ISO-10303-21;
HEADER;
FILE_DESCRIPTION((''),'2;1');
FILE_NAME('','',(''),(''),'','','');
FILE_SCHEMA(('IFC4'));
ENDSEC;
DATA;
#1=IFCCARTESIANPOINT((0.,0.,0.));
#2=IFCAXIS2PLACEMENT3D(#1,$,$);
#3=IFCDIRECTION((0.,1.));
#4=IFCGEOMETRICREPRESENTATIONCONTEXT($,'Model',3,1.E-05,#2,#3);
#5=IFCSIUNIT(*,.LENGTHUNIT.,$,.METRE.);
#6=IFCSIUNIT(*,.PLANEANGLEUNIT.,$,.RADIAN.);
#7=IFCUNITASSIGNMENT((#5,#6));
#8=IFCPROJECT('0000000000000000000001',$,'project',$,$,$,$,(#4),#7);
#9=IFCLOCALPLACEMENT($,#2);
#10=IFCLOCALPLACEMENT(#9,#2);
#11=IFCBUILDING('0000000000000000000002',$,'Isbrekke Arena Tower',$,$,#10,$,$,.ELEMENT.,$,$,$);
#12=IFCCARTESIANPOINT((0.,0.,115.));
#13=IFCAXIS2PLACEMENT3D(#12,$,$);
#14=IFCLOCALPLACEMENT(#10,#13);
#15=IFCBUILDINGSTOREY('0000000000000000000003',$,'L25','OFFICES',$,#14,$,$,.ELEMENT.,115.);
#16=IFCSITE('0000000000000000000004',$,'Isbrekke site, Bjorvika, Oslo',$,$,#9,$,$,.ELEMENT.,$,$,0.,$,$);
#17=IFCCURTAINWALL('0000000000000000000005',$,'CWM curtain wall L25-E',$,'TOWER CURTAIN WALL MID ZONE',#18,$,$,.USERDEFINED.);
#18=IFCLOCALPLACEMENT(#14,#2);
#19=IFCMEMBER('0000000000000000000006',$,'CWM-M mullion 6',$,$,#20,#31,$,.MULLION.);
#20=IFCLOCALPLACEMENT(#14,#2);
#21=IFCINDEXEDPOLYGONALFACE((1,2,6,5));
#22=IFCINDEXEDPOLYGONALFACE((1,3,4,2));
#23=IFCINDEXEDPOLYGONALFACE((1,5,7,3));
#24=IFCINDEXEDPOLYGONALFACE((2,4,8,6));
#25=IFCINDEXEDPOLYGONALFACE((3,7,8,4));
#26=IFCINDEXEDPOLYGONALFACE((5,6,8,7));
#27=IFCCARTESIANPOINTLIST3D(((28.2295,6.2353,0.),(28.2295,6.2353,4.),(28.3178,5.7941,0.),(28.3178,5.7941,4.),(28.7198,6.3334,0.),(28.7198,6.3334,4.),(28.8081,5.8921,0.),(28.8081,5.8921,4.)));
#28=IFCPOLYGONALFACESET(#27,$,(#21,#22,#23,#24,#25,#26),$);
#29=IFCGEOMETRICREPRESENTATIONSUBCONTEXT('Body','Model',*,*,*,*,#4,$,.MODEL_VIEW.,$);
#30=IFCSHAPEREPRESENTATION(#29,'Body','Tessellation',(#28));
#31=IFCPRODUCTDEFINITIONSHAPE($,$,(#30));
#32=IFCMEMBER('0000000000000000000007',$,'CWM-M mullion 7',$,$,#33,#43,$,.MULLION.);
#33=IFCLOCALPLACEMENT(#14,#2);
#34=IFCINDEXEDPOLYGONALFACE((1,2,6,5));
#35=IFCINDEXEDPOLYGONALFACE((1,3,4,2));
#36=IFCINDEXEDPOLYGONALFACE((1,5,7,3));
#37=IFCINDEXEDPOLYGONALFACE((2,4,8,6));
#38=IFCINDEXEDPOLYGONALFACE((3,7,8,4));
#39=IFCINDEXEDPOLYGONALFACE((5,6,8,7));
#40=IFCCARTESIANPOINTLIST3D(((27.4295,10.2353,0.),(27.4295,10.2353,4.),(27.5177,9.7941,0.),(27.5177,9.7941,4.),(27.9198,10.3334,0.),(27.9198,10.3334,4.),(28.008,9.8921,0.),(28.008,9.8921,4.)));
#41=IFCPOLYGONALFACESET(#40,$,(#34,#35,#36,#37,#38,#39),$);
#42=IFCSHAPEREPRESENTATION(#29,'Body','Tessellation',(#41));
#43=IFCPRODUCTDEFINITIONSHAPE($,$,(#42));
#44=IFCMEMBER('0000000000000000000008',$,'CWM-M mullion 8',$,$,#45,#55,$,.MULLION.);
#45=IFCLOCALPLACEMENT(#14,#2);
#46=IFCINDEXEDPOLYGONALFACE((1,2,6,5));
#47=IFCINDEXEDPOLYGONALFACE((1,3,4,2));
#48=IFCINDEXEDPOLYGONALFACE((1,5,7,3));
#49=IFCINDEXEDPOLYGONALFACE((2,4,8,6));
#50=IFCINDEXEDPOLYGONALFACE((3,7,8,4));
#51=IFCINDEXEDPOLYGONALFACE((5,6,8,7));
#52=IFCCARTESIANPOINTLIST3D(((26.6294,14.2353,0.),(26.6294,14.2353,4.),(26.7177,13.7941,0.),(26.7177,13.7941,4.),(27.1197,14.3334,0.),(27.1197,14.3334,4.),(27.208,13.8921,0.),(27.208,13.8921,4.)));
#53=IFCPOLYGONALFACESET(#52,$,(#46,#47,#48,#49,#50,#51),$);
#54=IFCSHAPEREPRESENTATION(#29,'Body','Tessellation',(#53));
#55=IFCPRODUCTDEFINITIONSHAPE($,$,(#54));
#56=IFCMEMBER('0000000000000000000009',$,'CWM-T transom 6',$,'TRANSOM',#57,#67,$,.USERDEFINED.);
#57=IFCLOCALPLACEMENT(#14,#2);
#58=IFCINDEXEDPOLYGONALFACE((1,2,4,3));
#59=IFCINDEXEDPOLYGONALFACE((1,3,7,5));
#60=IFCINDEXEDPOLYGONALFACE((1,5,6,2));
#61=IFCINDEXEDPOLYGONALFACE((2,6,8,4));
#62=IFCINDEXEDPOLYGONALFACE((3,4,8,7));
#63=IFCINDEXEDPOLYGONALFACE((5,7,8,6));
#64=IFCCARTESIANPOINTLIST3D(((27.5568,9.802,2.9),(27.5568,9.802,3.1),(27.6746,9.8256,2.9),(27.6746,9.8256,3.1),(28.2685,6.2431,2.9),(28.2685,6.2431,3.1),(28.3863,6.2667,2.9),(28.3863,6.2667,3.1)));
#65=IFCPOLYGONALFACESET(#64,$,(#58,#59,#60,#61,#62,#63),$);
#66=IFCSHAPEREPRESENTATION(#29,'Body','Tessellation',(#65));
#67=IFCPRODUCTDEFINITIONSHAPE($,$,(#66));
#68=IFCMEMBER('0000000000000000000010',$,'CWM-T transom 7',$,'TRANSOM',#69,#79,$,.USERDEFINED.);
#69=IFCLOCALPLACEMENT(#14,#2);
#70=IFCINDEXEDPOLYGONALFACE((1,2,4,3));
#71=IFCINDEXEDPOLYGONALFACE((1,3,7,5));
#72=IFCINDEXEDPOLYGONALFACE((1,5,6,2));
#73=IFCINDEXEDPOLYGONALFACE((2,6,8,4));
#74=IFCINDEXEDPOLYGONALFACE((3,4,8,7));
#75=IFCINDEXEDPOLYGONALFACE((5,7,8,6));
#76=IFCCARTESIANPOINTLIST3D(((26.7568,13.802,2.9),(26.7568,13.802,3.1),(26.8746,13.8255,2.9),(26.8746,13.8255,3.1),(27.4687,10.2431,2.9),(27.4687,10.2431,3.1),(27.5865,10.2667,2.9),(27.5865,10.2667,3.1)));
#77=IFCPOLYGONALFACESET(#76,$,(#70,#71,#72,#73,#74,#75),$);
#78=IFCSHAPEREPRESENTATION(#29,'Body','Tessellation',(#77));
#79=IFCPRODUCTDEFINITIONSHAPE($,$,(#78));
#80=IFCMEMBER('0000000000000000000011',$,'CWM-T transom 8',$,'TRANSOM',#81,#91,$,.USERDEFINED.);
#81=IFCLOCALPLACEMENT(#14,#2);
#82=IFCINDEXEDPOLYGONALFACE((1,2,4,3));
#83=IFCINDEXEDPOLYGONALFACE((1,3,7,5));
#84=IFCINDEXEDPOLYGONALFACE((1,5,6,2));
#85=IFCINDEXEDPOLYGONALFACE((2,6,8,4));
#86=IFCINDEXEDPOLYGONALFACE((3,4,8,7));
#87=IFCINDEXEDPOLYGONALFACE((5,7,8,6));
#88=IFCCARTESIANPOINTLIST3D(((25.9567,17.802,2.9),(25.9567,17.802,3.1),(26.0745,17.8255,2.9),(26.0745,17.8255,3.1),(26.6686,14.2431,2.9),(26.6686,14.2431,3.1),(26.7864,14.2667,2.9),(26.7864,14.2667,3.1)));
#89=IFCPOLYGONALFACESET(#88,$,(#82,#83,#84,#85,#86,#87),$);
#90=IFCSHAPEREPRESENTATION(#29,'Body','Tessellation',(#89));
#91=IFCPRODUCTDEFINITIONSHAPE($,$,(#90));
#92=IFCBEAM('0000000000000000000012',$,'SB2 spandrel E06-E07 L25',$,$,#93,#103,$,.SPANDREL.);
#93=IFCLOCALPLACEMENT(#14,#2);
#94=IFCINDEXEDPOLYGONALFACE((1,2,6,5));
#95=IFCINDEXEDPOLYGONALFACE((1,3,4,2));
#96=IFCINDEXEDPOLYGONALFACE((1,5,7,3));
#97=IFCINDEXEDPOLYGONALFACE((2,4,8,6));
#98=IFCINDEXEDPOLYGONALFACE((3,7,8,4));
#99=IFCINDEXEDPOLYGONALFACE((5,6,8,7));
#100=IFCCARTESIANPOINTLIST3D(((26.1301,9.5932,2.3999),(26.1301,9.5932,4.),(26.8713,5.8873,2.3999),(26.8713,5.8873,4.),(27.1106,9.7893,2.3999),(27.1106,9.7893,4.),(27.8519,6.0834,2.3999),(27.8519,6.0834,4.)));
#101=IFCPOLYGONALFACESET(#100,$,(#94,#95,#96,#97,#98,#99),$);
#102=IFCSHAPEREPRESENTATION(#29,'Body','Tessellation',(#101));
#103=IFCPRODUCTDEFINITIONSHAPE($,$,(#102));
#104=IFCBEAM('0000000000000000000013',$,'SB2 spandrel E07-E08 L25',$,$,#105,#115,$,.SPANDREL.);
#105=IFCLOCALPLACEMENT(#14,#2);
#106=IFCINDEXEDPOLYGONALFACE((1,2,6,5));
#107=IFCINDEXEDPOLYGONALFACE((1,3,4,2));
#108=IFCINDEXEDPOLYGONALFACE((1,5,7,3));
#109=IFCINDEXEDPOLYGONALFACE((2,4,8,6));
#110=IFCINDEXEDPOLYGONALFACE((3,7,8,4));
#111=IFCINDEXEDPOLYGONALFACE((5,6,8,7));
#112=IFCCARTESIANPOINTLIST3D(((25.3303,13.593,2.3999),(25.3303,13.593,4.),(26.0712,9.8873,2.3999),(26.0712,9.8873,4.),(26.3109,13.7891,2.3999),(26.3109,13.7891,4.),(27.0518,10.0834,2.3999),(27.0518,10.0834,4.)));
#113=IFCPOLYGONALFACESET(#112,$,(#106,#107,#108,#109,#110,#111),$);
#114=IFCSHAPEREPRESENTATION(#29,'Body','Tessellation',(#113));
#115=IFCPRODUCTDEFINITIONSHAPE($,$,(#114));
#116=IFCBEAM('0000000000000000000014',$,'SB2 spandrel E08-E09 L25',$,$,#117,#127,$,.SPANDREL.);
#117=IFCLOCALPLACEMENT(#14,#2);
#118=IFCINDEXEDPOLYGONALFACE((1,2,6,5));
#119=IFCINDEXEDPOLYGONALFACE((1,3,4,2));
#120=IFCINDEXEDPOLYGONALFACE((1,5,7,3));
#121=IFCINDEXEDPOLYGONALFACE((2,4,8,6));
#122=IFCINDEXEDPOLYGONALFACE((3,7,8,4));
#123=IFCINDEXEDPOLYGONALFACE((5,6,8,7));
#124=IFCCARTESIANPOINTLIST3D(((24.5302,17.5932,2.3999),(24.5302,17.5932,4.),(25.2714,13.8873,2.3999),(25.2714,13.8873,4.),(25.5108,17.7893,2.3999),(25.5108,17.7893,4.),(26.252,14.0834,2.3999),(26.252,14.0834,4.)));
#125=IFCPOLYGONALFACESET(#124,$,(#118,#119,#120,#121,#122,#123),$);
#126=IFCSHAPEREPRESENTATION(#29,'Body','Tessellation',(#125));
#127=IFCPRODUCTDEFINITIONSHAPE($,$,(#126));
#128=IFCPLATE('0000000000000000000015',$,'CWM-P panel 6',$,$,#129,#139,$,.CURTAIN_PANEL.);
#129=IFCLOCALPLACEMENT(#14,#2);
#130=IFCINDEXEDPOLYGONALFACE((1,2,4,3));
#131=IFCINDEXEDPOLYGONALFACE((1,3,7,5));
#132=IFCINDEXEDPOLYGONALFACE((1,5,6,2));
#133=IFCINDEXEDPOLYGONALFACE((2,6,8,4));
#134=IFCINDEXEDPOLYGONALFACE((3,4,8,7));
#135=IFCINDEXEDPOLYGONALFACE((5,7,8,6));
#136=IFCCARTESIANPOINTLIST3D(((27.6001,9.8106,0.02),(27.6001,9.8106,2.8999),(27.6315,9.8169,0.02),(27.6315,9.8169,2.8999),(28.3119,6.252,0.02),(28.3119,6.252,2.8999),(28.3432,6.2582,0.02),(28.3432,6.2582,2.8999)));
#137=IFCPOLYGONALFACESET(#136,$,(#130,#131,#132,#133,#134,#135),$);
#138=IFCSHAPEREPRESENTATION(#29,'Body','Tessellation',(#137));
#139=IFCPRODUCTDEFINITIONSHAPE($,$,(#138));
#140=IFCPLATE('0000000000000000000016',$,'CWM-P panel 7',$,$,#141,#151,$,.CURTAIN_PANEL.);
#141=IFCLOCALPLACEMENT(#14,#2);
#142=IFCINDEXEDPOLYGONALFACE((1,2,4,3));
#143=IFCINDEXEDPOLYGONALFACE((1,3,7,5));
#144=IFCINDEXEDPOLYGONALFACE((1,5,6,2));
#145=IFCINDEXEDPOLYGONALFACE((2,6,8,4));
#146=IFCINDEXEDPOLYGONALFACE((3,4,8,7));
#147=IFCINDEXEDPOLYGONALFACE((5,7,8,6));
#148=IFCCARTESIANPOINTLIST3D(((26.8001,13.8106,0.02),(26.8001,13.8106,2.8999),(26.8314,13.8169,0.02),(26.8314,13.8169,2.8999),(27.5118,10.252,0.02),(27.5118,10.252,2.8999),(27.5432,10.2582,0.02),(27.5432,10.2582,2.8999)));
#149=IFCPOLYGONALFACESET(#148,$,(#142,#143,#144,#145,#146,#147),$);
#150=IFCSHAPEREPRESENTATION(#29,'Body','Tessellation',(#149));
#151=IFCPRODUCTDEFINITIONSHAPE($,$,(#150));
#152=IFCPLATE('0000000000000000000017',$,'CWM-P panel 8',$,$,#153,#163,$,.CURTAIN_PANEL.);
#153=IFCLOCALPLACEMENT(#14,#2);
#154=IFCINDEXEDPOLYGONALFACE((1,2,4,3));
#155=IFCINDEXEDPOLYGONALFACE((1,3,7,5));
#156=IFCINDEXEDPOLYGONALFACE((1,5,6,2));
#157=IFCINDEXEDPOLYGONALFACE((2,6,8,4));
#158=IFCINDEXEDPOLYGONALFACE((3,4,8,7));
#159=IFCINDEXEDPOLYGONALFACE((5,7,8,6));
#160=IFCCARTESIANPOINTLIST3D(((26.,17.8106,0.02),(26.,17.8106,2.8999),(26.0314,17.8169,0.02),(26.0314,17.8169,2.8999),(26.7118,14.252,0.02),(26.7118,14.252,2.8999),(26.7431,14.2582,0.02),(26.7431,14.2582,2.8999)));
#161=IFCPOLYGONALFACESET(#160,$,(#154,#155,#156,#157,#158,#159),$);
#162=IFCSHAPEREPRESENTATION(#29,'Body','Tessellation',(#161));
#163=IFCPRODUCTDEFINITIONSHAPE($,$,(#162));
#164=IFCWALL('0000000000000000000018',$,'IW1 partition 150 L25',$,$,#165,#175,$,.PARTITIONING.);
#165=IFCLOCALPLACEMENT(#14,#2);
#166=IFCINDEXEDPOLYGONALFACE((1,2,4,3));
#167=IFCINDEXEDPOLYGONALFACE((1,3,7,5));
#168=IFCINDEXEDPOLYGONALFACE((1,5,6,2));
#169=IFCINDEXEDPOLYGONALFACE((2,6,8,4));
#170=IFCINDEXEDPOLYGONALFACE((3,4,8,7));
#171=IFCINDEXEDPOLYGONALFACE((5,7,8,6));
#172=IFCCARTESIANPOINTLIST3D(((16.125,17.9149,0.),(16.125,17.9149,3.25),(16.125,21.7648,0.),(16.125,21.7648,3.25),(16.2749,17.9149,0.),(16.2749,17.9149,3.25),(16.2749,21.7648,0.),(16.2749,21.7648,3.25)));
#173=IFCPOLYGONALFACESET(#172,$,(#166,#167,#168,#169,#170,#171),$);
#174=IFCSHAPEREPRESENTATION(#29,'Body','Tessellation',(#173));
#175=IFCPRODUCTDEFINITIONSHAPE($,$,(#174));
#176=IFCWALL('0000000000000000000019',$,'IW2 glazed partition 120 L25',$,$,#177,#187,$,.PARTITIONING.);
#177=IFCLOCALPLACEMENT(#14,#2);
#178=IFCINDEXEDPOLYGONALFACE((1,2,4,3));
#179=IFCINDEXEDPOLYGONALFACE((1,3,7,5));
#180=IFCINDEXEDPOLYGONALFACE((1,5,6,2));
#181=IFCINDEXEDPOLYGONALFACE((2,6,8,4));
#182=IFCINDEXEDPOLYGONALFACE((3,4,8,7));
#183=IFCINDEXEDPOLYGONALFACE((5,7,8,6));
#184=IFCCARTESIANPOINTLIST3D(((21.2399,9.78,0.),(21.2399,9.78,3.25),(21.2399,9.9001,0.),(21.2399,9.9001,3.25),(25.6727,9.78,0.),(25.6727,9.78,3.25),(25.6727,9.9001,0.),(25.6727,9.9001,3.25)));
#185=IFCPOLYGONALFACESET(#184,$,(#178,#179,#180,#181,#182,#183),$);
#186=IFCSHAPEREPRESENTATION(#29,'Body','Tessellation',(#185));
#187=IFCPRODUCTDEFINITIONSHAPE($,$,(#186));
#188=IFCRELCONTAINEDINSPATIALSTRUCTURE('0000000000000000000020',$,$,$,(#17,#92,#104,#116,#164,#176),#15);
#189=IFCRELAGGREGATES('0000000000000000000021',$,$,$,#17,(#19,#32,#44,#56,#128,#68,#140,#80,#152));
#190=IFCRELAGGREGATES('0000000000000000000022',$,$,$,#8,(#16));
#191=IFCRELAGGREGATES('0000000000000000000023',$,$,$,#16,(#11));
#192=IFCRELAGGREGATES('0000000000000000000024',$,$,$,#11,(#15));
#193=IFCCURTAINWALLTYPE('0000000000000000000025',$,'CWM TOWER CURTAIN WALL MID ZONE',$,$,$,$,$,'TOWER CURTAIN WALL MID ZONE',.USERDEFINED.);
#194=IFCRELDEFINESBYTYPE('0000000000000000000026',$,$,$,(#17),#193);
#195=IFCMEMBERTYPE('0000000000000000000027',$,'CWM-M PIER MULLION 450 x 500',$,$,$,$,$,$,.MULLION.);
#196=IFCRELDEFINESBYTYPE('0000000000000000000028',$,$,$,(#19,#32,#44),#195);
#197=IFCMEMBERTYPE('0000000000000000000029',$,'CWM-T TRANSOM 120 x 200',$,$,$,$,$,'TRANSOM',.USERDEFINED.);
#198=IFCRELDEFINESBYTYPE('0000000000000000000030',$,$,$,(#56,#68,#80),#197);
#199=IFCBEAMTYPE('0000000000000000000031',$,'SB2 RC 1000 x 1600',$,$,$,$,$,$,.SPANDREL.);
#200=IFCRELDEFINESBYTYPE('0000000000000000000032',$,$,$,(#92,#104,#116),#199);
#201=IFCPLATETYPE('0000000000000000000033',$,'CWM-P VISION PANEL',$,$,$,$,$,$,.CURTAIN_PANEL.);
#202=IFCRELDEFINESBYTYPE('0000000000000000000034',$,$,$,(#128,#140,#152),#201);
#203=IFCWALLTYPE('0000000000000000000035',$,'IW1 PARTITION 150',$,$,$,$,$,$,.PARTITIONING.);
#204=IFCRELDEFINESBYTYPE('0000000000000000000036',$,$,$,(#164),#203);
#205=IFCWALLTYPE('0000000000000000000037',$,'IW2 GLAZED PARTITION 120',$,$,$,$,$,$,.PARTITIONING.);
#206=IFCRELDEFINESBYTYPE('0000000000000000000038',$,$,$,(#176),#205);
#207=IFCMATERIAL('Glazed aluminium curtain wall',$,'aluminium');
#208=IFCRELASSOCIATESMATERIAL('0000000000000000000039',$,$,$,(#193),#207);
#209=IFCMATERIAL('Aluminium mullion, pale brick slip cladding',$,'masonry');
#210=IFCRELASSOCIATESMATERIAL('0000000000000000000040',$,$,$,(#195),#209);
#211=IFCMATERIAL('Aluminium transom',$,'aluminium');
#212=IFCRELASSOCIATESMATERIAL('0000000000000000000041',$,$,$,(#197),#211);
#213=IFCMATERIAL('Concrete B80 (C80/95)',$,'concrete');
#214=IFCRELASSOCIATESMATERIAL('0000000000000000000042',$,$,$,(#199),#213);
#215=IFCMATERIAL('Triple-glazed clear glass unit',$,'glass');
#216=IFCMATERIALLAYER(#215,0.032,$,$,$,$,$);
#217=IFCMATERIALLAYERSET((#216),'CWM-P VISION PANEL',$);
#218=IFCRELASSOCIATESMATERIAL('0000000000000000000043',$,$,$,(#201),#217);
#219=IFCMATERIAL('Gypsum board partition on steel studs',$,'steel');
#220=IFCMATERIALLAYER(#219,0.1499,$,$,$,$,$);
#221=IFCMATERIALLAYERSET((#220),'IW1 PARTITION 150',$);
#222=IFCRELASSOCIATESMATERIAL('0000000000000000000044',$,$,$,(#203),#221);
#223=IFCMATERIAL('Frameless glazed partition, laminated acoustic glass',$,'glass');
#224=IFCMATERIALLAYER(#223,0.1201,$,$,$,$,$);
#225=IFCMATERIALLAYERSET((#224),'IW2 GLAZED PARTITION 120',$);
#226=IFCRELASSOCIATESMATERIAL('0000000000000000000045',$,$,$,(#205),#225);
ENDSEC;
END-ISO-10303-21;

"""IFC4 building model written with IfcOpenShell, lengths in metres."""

from ifc_helpers import new_model, si_unit, direction, frame, frame_2d, origin, origin_2d, place, context, subcontext, project, spatial, rectangle, extrude, material, layer, layer_set, material_profile, profile_set, type_object, element, aggregate, save


model = new_model("IFC4")

# Units and contexts
model_context = context("Model", 3, precision=1e-05, world=origin(), true_north=direction((0.0, 1.0)))
body_context = subcontext(model_context, "Body", "Model", "MODEL_VIEW")
ifc_project = project(units=[si_unit("LENGTHUNIT", "METRE"), si_unit("PLANEANGLEUNIT", "RADIAN")], contexts=[model_context])

# Site, building, storey
site_placement = place(None, origin())
site = spatial("IfcSite", under=ifc_project, at=site_placement, Name="Isbrekke site, Bjorvika, Oslo", CompositionType="ELEMENT", RefElevation=0.0)
building_placement = place(site_placement, origin())
building = spatial("IfcBuilding", under=site, at=building_placement, Name="Isbrekke Arena Tower", CompositionType="ELEMENT")
storey_placement = place(building_placement, frame((0.0, 0.0, 115.0)))
storey = spatial("IfcBuildingStorey", under=building, at=storey_placement, Name="L25", Description="OFFICES", CompositionType="ELEMENT", Elevation=115.0)

# Curtain wall, members
ifc_material_1 = material(Name="Glazed aluminium curtain wall", Category="aluminium")
curtain_wall_type = type_object("IfcCurtainWallType", Name="CWM TOWER CURTAIN WALL MID ZONE", ElementType="TOWER CURTAIN WALL MID ZONE", PredefinedType="USERDEFINED", material=ifc_material_1)
curtain_wall_placement = place(storey_placement, origin())
curtain_wall = element("IfcCurtainWall", 1, at=curtain_wall_placement, inside=storey, type_object=curtain_wall_type, Name="CWM curtain wall L25-E", ObjectType="TOWER CURTAIN WALL MID ZONE", PredefinedType="USERDEFINED")
ifc_material_2 = material(Name="Aluminium mullion, pale brick slip cladding", Category="masonry")
ifc_material_profile_1 = material_profile(ifc_material_2, rectangle(XDim=0.45, YDim=0.5, at=origin_2d()), Name="PIER 450X500")
ifc_profile_set_1 = profile_set([ifc_material_profile_1], Name="Aluminium mullion, pale brick slip cladding")
member_type_1 = type_object("IfcMemberType", Name="CWM-M PIER MULLION 450 x 500", PredefinedType="MULLION", material=ifc_profile_set_1)
member_1_placement = place(storey_placement, frame((28.5188, 6.0637, 0.0), z_axis=(0.0, 0.0, 1.0), x_axis=(-0.196116, 0.980581, 0.0)))
member_1 = element("IfcMember", 2, at=member_1_placement, type_object=member_type_1, Name="CWM-M mullion 6", PredefinedType="MULLION", context=body_context, shape_type="SweptSolid", body=[
    extrude(rectangle(XDim=0.45, YDim=0.5, at=origin_2d()), origin(), (0.0, 0.0, 1.0), 4.0),
])
member_2_placement = place(storey_placement, frame((27.7188, 10.0637, 0.0), z_axis=(0.0, 0.0, 1.0), x_axis=(-0.196116, 0.980581, 0.0)))
member_2 = element("IfcMember", 3, at=member_2_placement, type_object=member_type_1, Name="CWM-M mullion 7", PredefinedType="MULLION", context=body_context, shape_type="SweptSolid", body=[
    extrude(rectangle(XDim=0.45, YDim=0.5, at=origin_2d()), origin(), (0.0, 0.0, 1.0), 4.0),
])
member_3_placement = place(storey_placement, frame((26.9187, 14.0637, 0.0), z_axis=(0.0, 0.0, 1.0), x_axis=(-0.196116, 0.980581, 0.0)))
member_3 = element("IfcMember", 4, at=member_3_placement, type_object=member_type_1, Name="CWM-M mullion 8", PredefinedType="MULLION", context=body_context, shape_type="SweptSolid", body=[
    extrude(rectangle(XDim=0.45, YDim=0.5, at=origin_2d()), origin(), (0.0, 0.0, 1.0), 4.0),
])
ifc_material_3 = material(Name="Aluminium transom", Category="aluminium")
ifc_material_profile_2 = material_profile(ifc_material_3, rectangle(XDim=0.1201, YDim=0.2, at=origin_2d()), Name="TRANSOM 120X200")
ifc_profile_set_2 = profile_set([ifc_material_profile_2], Name="Aluminium transom")
member_type_2 = type_object("IfcMemberType", Name="CWM-T TRANSOM 120 x 200", ElementType="TRANSOM", PredefinedType="USERDEFINED", material=ifc_profile_set_2)
member_4_placement = place(storey_placement, frame((28.3274, 6.2549, 3.0), z_axis=(-0.19609, 0.980586, 0.0), x_axis=(-0.980586, -0.19609, 0.0)))
member_4 = element("IfcMember", 5, at=member_4_placement, type_object=member_type_2, Name="CWM-T transom 6", ObjectType="TRANSOM", PredefinedType="USERDEFINED", context=body_context, shape_type="SweptSolid", body=[
    extrude(rectangle(XDim=0.1201, YDim=0.2, at=origin_2d()), origin(), (0.0, 0.0, 1.0), 3.6294),
])
member_5_placement = place(storey_placement, frame((27.5276, 10.2549, 3.0), z_axis=(-0.196155, 0.980573, 0.0), x_axis=(-0.980573, -0.196155, 0.0)))
member_5 = element("IfcMember", 6, at=member_5_placement, type_object=member_type_2, Name="CWM-T transom 7", ObjectType="TRANSOM", PredefinedType="USERDEFINED", context=body_context, shape_type="SweptSolid", body=[
    extrude(rectangle(XDim=0.1201, YDim=0.2, at=origin_2d()), origin(), (0.0, 0.0, 1.0), 3.6294),
])
member_6_placement = place(storey_placement, frame((26.7275, 14.2549, 3.0), z_axis=(-0.196155, 0.980573, 0.0), x_axis=(-0.980573, -0.196155, 0.0)))
member_6 = element("IfcMember", 7, at=member_6_placement, type_object=member_type_2, Name="CWM-T transom 8", ObjectType="TRANSOM", PredefinedType="USERDEFINED", context=body_context, shape_type="SweptSolid", body=[
    extrude(rectangle(XDim=0.1201, YDim=0.2, at=origin_2d()), origin(), (0.0, 0.0, 1.0), 3.6294),
])

# Beams
ifc_material_4 = material(Name="Concrete B80 (C80/95)", Category="concrete")
ifc_material_profile_3 = material_profile(ifc_material_4, rectangle(XDim=1.0, YDim=1.6001, at=origin_2d()), Name="RC 1000x1600")
ifc_profile_set_3 = profile_set([ifc_material_profile_3], Name="Concrete B80 (C80/95)")
beam_type_1 = type_object("IfcBeamType", Name="SB2 RC 1000 x 1600", PredefinedType="SPANDREL", material=ifc_profile_set_3)
beam_1_placement = place(storey_placement, frame((27.3616, 5.9854, 3.2), z_axis=(-0.196129, 0.980578, 0.0), x_axis=(-0.980578, -0.196129, 0.0)))
element("IfcBeam", 8, at=beam_1_placement, inside=storey, type_object=beam_type_1, Name="SB2 spandrel E06-E07 L25", PredefinedType="SPANDREL", context=body_context, shape_type="SweptSolid", body=[
    extrude(rectangle(XDim=1.0, YDim=1.6001, at=origin_2d()), origin(), (0.0, 0.0, 1.0), 3.7793),
])
beam_2_placement = place(storey_placement, frame((26.5615, 9.9854, 3.2), z_axis=(-0.196066, 0.980591, 0.0), x_axis=(-0.980591, -0.196066, 0.0)))
element("IfcBeam", 9, at=beam_2_placement, inside=storey, type_object=beam_type_1, Name="SB2 spandrel E07-E08 L25", PredefinedType="SPANDREL", context=body_context, shape_type="SweptSolid", body=[
    extrude(rectangle(XDim=1.0, YDim=1.6001, at=origin_2d()), origin(), (0.0, 0.0, 1.0), 3.7791),
])
beam_3_placement = place(storey_placement, frame((25.7617, 13.9854, 3.2), z_axis=(-0.196129, 0.980578, 0.0), x_axis=(-0.980578, -0.196129, 0.0)))
element("IfcBeam", 10, at=beam_3_placement, inside=storey, type_object=beam_type_1, Name="SB2 spandrel E08-E09 L25", PredefinedType="SPANDREL", context=body_context, shape_type="SweptSolid", body=[
    extrude(rectangle(XDim=1.0, YDim=1.6001, at=origin_2d()), origin(), (0.0, 0.0, 1.0), 3.7793),
])

# Plates
ifc_material_5 = material(Name="Triple-glazed clear glass unit", Category="glass")
ifc_layer_1 = layer(ifc_material_5, 0.032)
ifc_layer_set_1 = layer_set([ifc_layer_1], Name="CWM-P VISION PANEL")
plate_type = type_object("IfcPlateType", Name="CWM-P VISION PANEL", PredefinedType="CURTAIN_PANEL", material=ifc_layer_set_1)
plate_1_placement = place(storey_placement, frame((27.9717, 8.0344, 0.02), z_axis=(0.0, 0.0, 1.0), x_axis=(-0.196116, 0.980581, 0.0)))
plate_1 = element("IfcPlate", 11, at=plate_1_placement, type_object=plate_type, Name="CWM-P panel 6", PredefinedType="CURTAIN_PANEL", context=body_context, shape_type="SweptSolid", body=[
    extrude(rectangle(XDim=3.6292, YDim=0.032, at=origin_2d()), origin(), (0.0, 0.0, 1.0), 2.8799),
])
plate_2_placement = place(storey_placement, frame((27.1716, 12.0344, 0.02), z_axis=(0.0, 0.0, 1.0), x_axis=(-0.196116, 0.980581, 0.0)))
plate_2 = element("IfcPlate", 12, at=plate_2_placement, type_object=plate_type, Name="CWM-P panel 7", PredefinedType="CURTAIN_PANEL", context=body_context, shape_type="SweptSolid", body=[
    extrude(rectangle(XDim=3.6292, YDim=0.032, at=origin_2d()), origin(), (0.0, 0.0, 1.0), 2.8799),
])
plate_3_placement = place(storey_placement, frame((26.3716, 16.0344, 0.02), z_axis=(0.0, 0.0, 1.0), x_axis=(-0.196116, 0.980581, 0.0)))
plate_3 = element("IfcPlate", 13, at=plate_3_placement, type_object=plate_type, Name="CWM-P panel 8", PredefinedType="CURTAIN_PANEL", context=body_context, shape_type="SweptSolid", body=[
    extrude(rectangle(XDim=3.6292, YDim=0.032, at=origin_2d()), origin(), (0.0, 0.0, 1.0), 2.8799),
])
aggregate(curtain_wall, [member_1, member_2, member_3, member_4, plate_1, member_5, plate_2, member_6, plate_3])

# Walls
ifc_material_6 = material(Name="Gypsum board partition on steel studs", Category="steel")
ifc_layer_2 = layer(ifc_material_6, 0.1499)
ifc_layer_set_2 = layer_set([ifc_layer_2], Name="IW1 PARTITION 150")
wall_type_1 = type_object("IfcWallType", Name="IW1 PARTITION 150", PredefinedType="PARTITIONING", material=ifc_layer_set_2)
wall_1_placement = place(storey_placement, frame((16.2, 17.915, 0.0), z_axis=(0.0, 0.0, 1.0), x_axis=(0.0, 1.0, 0.0)))
element("IfcWall", 14, at=wall_1_placement, inside=storey, type_object=wall_type_1, Name="IW1 partition 150 L25", PredefinedType="PARTITIONING", context=body_context, shape_type="SweptSolid", body=[
    extrude(rectangle(XDim=3.8499, YDim=0.1499, at=frame_2d((1.9248, 0.0))), origin(), (0.0, 0.0, 1.0), 3.25),
])
ifc_material_7 = material(Name="Frameless glazed partition, laminated acoustic glass", Category="glass")
ifc_layer_3 = layer(ifc_material_7, 0.1201)
ifc_layer_set_3 = layer_set([ifc_layer_3], Name="IW2 GLAZED PARTITION 120")
wall_type_2 = type_object("IfcWallType", Name="IW2 GLAZED PARTITION 120", PredefinedType="PARTITIONING", material=ifc_layer_set_3)
wall_2_placement = place(storey_placement, frame((21.24, 9.8401, 0.0), z_axis=(0.0, 0.0, 1.0), x_axis=(1.0, 0.0, 0.0)))
element("IfcWall", 15, at=wall_2_placement, inside=storey, type_object=wall_type_2, Name="IW2 glazed partition 120 L25", PredefinedType="PARTITIONING", context=body_context, shape_type="SweptSolid", body=[
    extrude(rectangle(XDim=4.4329, YDim=0.1201, at=frame_2d((2.2163, 0.0))), origin(), (0.0, 0.0, 1.0), 3.25),
])

save(model, "model.ifc")
